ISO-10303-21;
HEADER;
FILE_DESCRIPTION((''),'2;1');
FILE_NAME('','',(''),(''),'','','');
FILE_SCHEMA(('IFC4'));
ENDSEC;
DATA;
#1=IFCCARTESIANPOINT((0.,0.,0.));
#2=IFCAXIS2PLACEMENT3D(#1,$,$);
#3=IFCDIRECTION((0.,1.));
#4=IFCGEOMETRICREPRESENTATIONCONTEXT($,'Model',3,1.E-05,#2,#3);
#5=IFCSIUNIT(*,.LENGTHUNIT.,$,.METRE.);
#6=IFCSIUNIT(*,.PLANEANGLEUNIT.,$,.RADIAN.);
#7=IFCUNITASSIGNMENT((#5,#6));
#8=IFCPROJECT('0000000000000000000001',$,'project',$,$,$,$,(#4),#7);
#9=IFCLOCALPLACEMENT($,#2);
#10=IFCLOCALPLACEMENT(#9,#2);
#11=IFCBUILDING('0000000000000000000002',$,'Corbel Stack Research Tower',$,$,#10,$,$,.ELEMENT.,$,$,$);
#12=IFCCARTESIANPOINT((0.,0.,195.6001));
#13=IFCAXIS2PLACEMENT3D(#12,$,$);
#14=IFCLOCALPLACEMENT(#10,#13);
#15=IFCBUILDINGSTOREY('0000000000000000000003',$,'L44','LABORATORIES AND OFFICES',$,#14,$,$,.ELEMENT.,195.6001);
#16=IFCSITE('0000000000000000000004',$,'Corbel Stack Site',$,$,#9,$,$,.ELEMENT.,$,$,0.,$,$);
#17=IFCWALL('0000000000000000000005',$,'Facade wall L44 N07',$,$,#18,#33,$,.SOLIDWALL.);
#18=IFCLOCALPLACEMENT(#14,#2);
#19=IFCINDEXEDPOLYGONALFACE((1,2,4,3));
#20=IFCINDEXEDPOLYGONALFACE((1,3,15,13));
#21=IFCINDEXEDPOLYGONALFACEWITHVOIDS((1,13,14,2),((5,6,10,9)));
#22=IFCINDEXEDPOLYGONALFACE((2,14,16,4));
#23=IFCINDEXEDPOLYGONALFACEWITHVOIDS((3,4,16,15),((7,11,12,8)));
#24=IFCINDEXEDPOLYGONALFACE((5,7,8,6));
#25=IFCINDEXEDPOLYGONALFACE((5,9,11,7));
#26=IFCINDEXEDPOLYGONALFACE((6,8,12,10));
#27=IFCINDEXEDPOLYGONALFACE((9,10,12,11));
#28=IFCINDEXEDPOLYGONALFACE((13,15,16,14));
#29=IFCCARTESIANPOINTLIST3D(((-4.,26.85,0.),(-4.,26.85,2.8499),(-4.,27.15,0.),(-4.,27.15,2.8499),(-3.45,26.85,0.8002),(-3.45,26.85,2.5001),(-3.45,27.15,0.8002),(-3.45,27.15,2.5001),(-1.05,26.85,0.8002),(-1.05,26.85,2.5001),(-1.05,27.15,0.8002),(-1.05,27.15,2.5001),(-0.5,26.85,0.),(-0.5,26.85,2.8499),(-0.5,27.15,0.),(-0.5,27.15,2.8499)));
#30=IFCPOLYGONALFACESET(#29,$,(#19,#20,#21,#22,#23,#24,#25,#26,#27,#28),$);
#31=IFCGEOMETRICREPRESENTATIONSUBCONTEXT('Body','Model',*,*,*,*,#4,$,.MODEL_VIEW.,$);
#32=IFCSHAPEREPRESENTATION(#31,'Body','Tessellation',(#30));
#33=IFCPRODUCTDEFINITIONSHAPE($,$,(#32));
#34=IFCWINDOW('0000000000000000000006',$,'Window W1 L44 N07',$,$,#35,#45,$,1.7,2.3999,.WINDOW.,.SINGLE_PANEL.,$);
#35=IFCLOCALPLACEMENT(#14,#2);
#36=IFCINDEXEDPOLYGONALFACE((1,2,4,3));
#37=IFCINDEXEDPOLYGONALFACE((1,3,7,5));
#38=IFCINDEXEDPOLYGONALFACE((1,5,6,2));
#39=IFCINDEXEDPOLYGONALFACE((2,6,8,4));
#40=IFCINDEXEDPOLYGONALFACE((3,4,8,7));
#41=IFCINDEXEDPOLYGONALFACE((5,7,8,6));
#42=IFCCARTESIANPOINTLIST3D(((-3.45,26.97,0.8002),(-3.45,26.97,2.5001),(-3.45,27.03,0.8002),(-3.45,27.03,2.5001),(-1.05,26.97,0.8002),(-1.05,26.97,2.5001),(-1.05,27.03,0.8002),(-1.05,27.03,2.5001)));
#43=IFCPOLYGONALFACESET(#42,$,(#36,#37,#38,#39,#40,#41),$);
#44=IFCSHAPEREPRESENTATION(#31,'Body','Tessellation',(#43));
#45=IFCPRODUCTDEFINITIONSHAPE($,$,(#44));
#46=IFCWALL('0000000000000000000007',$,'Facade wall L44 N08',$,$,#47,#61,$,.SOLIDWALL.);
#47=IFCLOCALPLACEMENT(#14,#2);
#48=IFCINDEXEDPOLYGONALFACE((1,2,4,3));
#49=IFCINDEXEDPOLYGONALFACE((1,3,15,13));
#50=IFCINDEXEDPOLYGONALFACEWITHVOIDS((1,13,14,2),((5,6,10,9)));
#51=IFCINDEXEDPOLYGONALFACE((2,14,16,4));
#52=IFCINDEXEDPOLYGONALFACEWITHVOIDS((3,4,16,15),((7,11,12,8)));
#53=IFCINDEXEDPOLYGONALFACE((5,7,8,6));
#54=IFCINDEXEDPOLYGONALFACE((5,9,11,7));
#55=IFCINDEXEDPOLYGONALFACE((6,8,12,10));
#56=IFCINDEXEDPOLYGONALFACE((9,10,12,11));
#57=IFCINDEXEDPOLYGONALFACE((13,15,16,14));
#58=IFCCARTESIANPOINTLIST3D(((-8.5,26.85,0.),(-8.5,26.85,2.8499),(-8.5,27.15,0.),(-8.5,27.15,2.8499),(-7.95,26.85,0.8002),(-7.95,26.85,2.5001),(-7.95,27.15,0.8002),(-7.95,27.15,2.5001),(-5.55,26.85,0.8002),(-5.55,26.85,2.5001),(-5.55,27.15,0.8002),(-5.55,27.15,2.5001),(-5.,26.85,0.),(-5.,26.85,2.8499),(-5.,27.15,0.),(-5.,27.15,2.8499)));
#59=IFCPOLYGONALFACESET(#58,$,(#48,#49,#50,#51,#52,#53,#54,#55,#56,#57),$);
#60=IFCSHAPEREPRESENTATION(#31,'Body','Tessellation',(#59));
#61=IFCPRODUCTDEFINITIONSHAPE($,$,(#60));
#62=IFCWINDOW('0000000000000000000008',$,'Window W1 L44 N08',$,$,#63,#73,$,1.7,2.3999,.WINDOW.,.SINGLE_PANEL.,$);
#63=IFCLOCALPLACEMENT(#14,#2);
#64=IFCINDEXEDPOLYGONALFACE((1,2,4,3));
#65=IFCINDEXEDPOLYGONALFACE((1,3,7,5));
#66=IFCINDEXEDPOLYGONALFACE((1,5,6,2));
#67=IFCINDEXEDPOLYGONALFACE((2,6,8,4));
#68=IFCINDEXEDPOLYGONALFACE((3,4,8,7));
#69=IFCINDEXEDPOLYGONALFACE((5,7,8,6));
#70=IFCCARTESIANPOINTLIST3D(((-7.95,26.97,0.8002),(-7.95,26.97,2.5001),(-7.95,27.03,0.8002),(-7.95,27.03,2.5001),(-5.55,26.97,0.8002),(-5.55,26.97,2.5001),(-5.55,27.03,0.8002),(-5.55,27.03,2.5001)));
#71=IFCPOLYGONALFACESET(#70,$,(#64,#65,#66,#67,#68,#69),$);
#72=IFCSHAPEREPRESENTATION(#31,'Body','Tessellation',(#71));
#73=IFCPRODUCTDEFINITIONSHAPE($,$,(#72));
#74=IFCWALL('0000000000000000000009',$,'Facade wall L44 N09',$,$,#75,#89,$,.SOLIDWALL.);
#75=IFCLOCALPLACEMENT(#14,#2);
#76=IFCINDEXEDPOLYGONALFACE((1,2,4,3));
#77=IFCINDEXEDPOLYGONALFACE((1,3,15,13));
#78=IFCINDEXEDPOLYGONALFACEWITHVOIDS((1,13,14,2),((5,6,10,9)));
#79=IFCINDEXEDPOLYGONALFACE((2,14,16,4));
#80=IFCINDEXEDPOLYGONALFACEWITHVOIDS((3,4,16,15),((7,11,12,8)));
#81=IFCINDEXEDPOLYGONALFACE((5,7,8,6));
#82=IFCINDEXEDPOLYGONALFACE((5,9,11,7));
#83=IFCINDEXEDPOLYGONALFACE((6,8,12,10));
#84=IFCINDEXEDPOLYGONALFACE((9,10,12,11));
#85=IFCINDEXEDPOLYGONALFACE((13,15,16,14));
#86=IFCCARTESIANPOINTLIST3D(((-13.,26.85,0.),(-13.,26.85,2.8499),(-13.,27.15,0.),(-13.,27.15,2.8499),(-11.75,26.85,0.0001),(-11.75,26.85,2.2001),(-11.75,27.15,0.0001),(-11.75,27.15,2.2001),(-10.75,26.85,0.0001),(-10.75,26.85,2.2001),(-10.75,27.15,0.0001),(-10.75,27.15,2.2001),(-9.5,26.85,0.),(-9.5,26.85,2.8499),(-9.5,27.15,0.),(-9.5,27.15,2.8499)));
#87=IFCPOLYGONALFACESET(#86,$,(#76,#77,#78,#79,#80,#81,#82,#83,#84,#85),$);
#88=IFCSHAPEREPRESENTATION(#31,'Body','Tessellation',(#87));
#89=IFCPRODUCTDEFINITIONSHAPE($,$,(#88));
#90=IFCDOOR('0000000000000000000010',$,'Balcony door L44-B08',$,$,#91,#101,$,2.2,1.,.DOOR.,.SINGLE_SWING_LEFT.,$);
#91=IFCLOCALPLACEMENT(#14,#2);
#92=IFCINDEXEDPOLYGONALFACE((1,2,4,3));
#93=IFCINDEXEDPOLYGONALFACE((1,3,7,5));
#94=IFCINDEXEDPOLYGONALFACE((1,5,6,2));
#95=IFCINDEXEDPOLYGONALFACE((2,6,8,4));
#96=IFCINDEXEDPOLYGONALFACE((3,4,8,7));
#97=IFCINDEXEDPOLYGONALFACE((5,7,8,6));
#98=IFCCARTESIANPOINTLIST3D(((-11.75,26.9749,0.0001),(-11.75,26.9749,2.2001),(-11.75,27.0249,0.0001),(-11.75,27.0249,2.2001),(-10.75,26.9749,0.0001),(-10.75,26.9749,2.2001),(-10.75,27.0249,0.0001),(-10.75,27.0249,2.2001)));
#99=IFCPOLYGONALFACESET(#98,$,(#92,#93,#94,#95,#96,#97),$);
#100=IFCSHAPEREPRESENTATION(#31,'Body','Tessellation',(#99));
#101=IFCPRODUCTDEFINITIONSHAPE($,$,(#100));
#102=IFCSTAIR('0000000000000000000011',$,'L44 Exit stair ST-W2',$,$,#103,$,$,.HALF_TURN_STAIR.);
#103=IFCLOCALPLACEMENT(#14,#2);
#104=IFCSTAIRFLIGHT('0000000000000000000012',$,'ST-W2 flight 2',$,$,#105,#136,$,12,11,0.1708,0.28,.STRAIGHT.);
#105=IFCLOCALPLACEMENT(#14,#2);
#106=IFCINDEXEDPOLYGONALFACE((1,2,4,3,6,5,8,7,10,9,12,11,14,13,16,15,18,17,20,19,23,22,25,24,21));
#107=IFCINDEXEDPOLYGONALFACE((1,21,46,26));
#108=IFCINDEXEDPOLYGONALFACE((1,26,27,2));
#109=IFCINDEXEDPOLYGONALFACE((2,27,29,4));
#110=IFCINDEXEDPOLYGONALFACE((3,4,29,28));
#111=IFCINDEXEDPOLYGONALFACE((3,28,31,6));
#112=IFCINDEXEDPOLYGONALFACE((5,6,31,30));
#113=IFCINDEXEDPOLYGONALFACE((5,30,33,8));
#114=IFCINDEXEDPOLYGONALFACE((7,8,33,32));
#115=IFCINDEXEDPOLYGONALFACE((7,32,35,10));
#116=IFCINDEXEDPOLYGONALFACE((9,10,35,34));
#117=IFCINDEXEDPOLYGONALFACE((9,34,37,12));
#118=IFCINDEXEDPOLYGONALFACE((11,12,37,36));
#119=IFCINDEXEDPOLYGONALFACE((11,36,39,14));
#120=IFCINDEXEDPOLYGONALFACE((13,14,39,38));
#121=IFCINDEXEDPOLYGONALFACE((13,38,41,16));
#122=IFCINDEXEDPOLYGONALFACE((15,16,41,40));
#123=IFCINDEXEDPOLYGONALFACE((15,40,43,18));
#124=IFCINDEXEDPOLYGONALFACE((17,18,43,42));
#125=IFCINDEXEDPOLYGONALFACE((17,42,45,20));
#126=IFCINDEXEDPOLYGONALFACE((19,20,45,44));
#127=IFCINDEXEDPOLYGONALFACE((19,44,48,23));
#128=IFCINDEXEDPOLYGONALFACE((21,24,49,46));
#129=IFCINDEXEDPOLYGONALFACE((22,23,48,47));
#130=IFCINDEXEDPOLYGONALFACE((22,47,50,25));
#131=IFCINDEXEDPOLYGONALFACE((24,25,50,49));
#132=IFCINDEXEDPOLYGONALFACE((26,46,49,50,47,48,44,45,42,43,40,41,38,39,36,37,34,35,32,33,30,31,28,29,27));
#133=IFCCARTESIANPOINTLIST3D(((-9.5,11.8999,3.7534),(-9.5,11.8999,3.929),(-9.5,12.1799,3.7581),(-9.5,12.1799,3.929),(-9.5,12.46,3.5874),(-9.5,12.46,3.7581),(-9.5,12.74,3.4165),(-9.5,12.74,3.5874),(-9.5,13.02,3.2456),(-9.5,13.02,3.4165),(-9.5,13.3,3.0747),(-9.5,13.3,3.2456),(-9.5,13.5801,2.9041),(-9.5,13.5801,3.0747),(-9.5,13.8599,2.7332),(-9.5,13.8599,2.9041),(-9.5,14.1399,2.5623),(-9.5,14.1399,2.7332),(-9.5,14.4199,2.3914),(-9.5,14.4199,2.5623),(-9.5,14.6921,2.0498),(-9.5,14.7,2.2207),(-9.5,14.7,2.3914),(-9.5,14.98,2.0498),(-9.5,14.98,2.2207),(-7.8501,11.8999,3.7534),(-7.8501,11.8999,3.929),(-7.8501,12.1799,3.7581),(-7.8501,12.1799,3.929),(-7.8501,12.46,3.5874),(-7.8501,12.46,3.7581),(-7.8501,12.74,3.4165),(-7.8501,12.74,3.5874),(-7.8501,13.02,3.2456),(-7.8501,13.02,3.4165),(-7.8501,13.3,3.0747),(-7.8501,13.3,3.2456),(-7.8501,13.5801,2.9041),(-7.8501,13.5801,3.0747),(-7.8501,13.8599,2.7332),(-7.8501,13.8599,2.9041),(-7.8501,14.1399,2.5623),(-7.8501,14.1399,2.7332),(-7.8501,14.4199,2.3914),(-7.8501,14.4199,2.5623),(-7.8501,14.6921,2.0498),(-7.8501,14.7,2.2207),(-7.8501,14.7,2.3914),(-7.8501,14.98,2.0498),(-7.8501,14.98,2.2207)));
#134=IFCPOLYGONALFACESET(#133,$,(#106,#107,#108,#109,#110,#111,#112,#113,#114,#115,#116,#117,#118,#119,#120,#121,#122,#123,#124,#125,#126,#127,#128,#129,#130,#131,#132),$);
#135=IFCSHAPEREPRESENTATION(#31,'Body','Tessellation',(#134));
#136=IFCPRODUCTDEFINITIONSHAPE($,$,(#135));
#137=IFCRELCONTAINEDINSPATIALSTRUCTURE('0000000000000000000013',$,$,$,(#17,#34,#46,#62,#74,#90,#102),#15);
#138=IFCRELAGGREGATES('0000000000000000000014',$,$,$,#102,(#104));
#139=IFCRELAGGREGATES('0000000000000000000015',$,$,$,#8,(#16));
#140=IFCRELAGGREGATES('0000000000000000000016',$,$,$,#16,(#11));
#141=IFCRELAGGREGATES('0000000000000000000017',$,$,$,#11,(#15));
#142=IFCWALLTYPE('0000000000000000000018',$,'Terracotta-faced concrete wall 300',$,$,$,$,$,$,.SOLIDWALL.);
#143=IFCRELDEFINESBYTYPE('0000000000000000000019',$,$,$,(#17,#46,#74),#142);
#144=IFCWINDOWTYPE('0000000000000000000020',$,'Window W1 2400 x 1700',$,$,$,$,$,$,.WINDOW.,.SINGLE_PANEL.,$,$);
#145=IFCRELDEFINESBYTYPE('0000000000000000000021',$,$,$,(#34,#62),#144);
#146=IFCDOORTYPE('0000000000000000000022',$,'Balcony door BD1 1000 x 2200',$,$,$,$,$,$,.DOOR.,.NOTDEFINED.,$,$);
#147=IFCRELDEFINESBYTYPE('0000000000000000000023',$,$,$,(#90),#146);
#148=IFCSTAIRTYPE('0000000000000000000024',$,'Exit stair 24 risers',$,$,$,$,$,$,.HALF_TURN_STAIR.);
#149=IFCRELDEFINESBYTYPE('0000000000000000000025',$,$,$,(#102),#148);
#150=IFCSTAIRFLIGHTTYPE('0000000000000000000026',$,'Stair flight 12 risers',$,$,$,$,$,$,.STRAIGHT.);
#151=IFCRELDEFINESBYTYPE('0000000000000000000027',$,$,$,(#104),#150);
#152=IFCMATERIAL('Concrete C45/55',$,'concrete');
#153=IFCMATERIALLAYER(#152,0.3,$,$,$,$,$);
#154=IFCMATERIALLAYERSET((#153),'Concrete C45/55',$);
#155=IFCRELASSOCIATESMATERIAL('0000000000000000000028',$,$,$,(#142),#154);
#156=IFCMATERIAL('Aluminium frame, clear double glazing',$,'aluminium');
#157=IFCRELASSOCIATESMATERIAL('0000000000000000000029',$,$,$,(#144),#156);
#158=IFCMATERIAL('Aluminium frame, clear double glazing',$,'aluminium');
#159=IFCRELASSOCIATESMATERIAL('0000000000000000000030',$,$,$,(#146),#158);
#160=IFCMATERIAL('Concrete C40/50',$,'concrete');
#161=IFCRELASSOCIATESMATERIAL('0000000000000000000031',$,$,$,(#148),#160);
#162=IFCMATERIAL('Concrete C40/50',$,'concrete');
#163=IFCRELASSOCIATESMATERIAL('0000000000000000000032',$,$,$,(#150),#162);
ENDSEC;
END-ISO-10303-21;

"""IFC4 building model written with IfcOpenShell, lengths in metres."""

from ifc_helpers import new_model, si_unit, direction, frame, frame_2d, origin, place, context, subcontext, project, spatial, polyline, rectangle, outline, extrude, material, layer, layer_set, type_object, element, fill, aggregate, save


model = new_model("IFC4")

# Units and contexts
model_context = context("Model", 3, precision=1e-05, world=origin(), true_north=direction((0.0, 1.0)))
body_context = subcontext(model_context, "Body", "Model", "MODEL_VIEW")
ifc_project = project(units=[si_unit("LENGTHUNIT", "METRE"), si_unit("PLANEANGLEUNIT", "RADIAN")], contexts=[model_context])

# Site, building, storey
site_placement = place(None, origin())
site = spatial("IfcSite", under=ifc_project, at=site_placement, Name="Corbel Stack Site", CompositionType="ELEMENT", RefElevation=0.0)
building_placement = place(site_placement, origin())
building = spatial("IfcBuilding", under=site, at=building_placement, Name="Corbel Stack Research Tower", CompositionType="ELEMENT")
storey_placement = place(building_placement, frame((0.0, 0.0, 195.6001)))
storey = spatial("IfcBuildingStorey", under=building, at=storey_placement, Name="L44", Description="LABORATORIES AND OFFICES", CompositionType="ELEMENT", Elevation=195.6001)

# Walls, openings, windows
ifc_material_1 = material(Name="Concrete C45/55", Category="concrete")
ifc_layer_1 = layer(ifc_material_1, 0.3)
ifc_layer_set_1 = layer_set([ifc_layer_1], Name="Concrete C45/55")
wall_type_1 = type_object("IfcWallType", Name="Terracotta-faced concrete wall 300", PredefinedType="SOLIDWALL", material=ifc_layer_set_1)
ifc_material_2 = material(Name="Aluminium frame, clear double glazing", Category="aluminium")
window_type = type_object("IfcWindowType", Name="Window W1 2400 x 1700", PartitioningType="SINGLE_PANEL", PredefinedType="WINDOW", material=ifc_material_2)
wall_1_placement = place(storey_placement, frame((-4.0, 27.0, 0.0), z_axis=(0.0, 0.0, 1.0), x_axis=(1.0, 0.0, 0.0)))
wall_1 = element("IfcWall", 1, at=wall_1_placement, inside=storey, type_object=wall_type_1, Name="Facade wall L44 N07", PredefinedType="SOLIDWALL", context=body_context, shape_type="SweptSolid", body=[
    extrude(rectangle(XDim=3.5, YDim=0.3, at=frame_2d((1.75, 0.0))), origin(), (0.0, 0.0, 1.0), 2.8499),
])
opening_1_placement = place(wall_1_placement, frame((0.55, 0.0, 0.8)))
opening_1 = element("IfcOpeningElement", 2, at=opening_1_placement, cuts=wall_1, PredefinedType="OPENING", context=body_context, shape_type="SweptSolid", body=[
    extrude(rectangle(XDim=2.3999, YDim=1.7, at=frame_2d((1.2, 0.8501))), frame((0.0, 0.1599, 0.0), z_axis=(0.0, -1.0, 0.0), x_axis=(1.0, 0.0, 0.0)), (0.0, 0.0, 1.0), 0.3201),
])
window_1_placement = place(opening_1_placement, origin())
window_1 = element("IfcWindow", 3, at=window_1_placement, inside=storey, type_object=window_type, Name="Window W1 L44 N07", OverallHeight=1.7, OverallWidth=2.3999, PartitioningType="SINGLE_PANEL", PredefinedType="WINDOW", context=body_context, shape_type="SweptSolid", body=[
    extrude(rectangle(XDim=2.3999, YDim=1.7, at=frame_2d((1.2, 0.8501))), frame((0.0, 0.03, 0.0), z_axis=(0.0, -1.0, 0.0), x_axis=(1.0, 0.0, 0.0)), (0.0, 0.0, 1.0), 0.0601),
])
fill(opening_1, window_1)
wall_2_placement = place(storey_placement, frame((-8.5, 27.0, 0.0), z_axis=(0.0, 0.0, 1.0), x_axis=(1.0, 0.0, 0.0)))
wall_2 = element("IfcWall", 4, at=wall_2_placement, inside=storey, type_object=wall_type_1, Name="Facade wall L44 N08", PredefinedType="SOLIDWALL", context=body_context, shape_type="SweptSolid", body=[
    extrude(rectangle(XDim=3.5, YDim=0.3, at=frame_2d((1.75, 0.0))), origin(), (0.0, 0.0, 1.0), 2.8499),
])
opening_2_placement = place(wall_2_placement, frame((0.55, 0.0, 0.8)))
opening_2 = element("IfcOpeningElement", 5, at=opening_2_placement, cuts=wall_2, PredefinedType="OPENING", context=body_context, shape_type="SweptSolid", body=[
    extrude(rectangle(XDim=2.3999, YDim=1.7, at=frame_2d((1.2, 0.8501))), frame((0.0, 0.1599, 0.0), z_axis=(0.0, -1.0, 0.0), x_axis=(1.0, 0.0, 0.0)), (0.0, 0.0, 1.0), 0.3201),
])
window_2_placement = place(opening_2_placement, origin())
window_2 = element("IfcWindow", 6, at=window_2_placement, inside=storey, type_object=window_type, Name="Window W1 L44 N08", OverallHeight=1.7, OverallWidth=2.3999, PartitioningType="SINGLE_PANEL", PredefinedType="WINDOW", context=body_context, shape_type="SweptSolid", body=[
    extrude(rectangle(XDim=2.3999, YDim=1.7, at=frame_2d((1.2, 0.8501))), frame((0.0, 0.03, 0.0), z_axis=(0.0, -1.0, 0.0), x_axis=(1.0, 0.0, 0.0)), (0.0, 0.0, 1.0), 0.0601),
])
fill(opening_2, window_2)

# Wall, opening, door
wall_3_placement = place(storey_placement, frame((-13.0, 27.0, 0.0), z_axis=(0.0, 0.0, 1.0), x_axis=(1.0, 0.0, 0.0)))
wall_3 = element("IfcWall", 7, at=wall_3_placement, inside=storey, type_object=wall_type_1, Name="Facade wall L44 N09", PredefinedType="SOLIDWALL", context=body_context, shape_type="SweptSolid", body=[
    extrude(rectangle(XDim=3.5, YDim=0.3, at=frame_2d((1.75, 0.0))), origin(), (0.0, 0.0, 1.0), 2.8499),
])
opening_3_placement = place(wall_3_placement, frame((1.25, 0.0, 0.0)))
opening_3 = element("IfcOpeningElement", 8, at=opening_3_placement, cuts=wall_3, PredefinedType="OPENING", context=body_context, shape_type="SweptSolid", body=[
    extrude(rectangle(XDim=1.0, YDim=2.2, at=frame_2d((0.5, 1.1001))), frame((0.0, 0.1599, 0.0), z_axis=(0.0, -1.0, 0.0), x_axis=(1.0, 0.0, 0.0)), (0.0, 0.0, 1.0), 0.3201),
])
ifc_material_3 = material(Name="Aluminium frame, clear double glazing", Category="aluminium")
door_type = type_object("IfcDoorType", Name="Balcony door BD1 1000 x 2200", OperationType="NOTDEFINED", PredefinedType="DOOR", material=ifc_material_3)
door_placement = place(opening_3_placement, origin())
door = element("IfcDoor", 9, at=door_placement, inside=storey, type_object=door_type, Name="Balcony door L44-B08", OperationType="SINGLE_SWING_LEFT", OverallHeight=2.2, OverallWidth=1.0, PredefinedType="DOOR", context=body_context, shape_type="SweptSolid", body=[
    extrude(rectangle(XDim=1.0, YDim=2.2, at=frame_2d((0.5, 1.1001))), frame((0.0, 0.0249, 0.0), z_axis=(0.0, -1.0, 0.0), x_axis=(1.0, 0.0, 0.0)), (0.0, 0.0, 1.0), 0.05),
])
fill(opening_3, door)

# Stair, stair flight
ifc_material_4 = material(Name="Concrete C40/50", Category="concrete")
stair_type = type_object("IfcStairType", Name="Exit stair 24 risers", PredefinedType="HALF_TURN_STAIR", material=ifc_material_4)
stair_placement = place(storey_placement, origin())
stair = element("IfcStair", 10, at=stair_placement, inside=storey, type_object=stair_type, Name="L44 Exit stair ST-W2", PredefinedType="HALF_TURN_STAIR")
ifc_material_5 = material(Name="Concrete C40/50", Category="concrete")
stair_flight_type = type_object("IfcStairFlightType", Name="Stair flight 12 risers", PredefinedType="STRAIGHT", material=ifc_material_5)
stair_flight_placement = place(storey_placement, frame((-8.675, 14.98, 2.0498), z_axis=(0.0, 0.0, 1.0), x_axis=(0.0, -1.0, 0.0)))
stair_flight = element("IfcStairFlight", 11, at=stair_flight_placement, type_object=stair_flight_type, Name="ST-W2 flight 2", NumberOfRisers=12, NumberOfTreads=11, PredefinedType="STRAIGHT", RiserHeight=0.1708, TreadLength=0.28, context=body_context, shape_type="SweptSolid", body=[
    extrude(outline(polyline([(0.0, 0.0), (0.0, 0.1709), (0.28, 0.1709), (0.28, 0.3416), (0.5601, 0.3416), (0.5601, 0.5125), (0.8401, 0.5125), (0.8401, 0.6833), (1.1201, 0.6833), (1.1201, 0.8542), (1.3999, 0.8542), (1.3999, 1.0249), (1.6799, 1.0249), (1.6799, 1.1958), (1.96, 1.1958), (1.96, 1.3667), (2.24, 1.3667), (2.24, 1.5376), (2.52, 1.5376), (2.52, 1.7083), (2.8, 1.7083), (2.8, 1.8792), (3.0801, 1.8792), (3.0801, 2.05), (3.0801, 1.7036), (0.2878, 0.0), (0.0, 0.0)])), frame((0.0, 0.825, 0.0), z_axis=(0.0, -1.0, 0.0), x_axis=(1.0, 0.0, 0.0)), (0.0, 0.0, 1.0), 1.6499),
])
aggregate(stair, [stair_flight])

save(model, "model.ifc")
